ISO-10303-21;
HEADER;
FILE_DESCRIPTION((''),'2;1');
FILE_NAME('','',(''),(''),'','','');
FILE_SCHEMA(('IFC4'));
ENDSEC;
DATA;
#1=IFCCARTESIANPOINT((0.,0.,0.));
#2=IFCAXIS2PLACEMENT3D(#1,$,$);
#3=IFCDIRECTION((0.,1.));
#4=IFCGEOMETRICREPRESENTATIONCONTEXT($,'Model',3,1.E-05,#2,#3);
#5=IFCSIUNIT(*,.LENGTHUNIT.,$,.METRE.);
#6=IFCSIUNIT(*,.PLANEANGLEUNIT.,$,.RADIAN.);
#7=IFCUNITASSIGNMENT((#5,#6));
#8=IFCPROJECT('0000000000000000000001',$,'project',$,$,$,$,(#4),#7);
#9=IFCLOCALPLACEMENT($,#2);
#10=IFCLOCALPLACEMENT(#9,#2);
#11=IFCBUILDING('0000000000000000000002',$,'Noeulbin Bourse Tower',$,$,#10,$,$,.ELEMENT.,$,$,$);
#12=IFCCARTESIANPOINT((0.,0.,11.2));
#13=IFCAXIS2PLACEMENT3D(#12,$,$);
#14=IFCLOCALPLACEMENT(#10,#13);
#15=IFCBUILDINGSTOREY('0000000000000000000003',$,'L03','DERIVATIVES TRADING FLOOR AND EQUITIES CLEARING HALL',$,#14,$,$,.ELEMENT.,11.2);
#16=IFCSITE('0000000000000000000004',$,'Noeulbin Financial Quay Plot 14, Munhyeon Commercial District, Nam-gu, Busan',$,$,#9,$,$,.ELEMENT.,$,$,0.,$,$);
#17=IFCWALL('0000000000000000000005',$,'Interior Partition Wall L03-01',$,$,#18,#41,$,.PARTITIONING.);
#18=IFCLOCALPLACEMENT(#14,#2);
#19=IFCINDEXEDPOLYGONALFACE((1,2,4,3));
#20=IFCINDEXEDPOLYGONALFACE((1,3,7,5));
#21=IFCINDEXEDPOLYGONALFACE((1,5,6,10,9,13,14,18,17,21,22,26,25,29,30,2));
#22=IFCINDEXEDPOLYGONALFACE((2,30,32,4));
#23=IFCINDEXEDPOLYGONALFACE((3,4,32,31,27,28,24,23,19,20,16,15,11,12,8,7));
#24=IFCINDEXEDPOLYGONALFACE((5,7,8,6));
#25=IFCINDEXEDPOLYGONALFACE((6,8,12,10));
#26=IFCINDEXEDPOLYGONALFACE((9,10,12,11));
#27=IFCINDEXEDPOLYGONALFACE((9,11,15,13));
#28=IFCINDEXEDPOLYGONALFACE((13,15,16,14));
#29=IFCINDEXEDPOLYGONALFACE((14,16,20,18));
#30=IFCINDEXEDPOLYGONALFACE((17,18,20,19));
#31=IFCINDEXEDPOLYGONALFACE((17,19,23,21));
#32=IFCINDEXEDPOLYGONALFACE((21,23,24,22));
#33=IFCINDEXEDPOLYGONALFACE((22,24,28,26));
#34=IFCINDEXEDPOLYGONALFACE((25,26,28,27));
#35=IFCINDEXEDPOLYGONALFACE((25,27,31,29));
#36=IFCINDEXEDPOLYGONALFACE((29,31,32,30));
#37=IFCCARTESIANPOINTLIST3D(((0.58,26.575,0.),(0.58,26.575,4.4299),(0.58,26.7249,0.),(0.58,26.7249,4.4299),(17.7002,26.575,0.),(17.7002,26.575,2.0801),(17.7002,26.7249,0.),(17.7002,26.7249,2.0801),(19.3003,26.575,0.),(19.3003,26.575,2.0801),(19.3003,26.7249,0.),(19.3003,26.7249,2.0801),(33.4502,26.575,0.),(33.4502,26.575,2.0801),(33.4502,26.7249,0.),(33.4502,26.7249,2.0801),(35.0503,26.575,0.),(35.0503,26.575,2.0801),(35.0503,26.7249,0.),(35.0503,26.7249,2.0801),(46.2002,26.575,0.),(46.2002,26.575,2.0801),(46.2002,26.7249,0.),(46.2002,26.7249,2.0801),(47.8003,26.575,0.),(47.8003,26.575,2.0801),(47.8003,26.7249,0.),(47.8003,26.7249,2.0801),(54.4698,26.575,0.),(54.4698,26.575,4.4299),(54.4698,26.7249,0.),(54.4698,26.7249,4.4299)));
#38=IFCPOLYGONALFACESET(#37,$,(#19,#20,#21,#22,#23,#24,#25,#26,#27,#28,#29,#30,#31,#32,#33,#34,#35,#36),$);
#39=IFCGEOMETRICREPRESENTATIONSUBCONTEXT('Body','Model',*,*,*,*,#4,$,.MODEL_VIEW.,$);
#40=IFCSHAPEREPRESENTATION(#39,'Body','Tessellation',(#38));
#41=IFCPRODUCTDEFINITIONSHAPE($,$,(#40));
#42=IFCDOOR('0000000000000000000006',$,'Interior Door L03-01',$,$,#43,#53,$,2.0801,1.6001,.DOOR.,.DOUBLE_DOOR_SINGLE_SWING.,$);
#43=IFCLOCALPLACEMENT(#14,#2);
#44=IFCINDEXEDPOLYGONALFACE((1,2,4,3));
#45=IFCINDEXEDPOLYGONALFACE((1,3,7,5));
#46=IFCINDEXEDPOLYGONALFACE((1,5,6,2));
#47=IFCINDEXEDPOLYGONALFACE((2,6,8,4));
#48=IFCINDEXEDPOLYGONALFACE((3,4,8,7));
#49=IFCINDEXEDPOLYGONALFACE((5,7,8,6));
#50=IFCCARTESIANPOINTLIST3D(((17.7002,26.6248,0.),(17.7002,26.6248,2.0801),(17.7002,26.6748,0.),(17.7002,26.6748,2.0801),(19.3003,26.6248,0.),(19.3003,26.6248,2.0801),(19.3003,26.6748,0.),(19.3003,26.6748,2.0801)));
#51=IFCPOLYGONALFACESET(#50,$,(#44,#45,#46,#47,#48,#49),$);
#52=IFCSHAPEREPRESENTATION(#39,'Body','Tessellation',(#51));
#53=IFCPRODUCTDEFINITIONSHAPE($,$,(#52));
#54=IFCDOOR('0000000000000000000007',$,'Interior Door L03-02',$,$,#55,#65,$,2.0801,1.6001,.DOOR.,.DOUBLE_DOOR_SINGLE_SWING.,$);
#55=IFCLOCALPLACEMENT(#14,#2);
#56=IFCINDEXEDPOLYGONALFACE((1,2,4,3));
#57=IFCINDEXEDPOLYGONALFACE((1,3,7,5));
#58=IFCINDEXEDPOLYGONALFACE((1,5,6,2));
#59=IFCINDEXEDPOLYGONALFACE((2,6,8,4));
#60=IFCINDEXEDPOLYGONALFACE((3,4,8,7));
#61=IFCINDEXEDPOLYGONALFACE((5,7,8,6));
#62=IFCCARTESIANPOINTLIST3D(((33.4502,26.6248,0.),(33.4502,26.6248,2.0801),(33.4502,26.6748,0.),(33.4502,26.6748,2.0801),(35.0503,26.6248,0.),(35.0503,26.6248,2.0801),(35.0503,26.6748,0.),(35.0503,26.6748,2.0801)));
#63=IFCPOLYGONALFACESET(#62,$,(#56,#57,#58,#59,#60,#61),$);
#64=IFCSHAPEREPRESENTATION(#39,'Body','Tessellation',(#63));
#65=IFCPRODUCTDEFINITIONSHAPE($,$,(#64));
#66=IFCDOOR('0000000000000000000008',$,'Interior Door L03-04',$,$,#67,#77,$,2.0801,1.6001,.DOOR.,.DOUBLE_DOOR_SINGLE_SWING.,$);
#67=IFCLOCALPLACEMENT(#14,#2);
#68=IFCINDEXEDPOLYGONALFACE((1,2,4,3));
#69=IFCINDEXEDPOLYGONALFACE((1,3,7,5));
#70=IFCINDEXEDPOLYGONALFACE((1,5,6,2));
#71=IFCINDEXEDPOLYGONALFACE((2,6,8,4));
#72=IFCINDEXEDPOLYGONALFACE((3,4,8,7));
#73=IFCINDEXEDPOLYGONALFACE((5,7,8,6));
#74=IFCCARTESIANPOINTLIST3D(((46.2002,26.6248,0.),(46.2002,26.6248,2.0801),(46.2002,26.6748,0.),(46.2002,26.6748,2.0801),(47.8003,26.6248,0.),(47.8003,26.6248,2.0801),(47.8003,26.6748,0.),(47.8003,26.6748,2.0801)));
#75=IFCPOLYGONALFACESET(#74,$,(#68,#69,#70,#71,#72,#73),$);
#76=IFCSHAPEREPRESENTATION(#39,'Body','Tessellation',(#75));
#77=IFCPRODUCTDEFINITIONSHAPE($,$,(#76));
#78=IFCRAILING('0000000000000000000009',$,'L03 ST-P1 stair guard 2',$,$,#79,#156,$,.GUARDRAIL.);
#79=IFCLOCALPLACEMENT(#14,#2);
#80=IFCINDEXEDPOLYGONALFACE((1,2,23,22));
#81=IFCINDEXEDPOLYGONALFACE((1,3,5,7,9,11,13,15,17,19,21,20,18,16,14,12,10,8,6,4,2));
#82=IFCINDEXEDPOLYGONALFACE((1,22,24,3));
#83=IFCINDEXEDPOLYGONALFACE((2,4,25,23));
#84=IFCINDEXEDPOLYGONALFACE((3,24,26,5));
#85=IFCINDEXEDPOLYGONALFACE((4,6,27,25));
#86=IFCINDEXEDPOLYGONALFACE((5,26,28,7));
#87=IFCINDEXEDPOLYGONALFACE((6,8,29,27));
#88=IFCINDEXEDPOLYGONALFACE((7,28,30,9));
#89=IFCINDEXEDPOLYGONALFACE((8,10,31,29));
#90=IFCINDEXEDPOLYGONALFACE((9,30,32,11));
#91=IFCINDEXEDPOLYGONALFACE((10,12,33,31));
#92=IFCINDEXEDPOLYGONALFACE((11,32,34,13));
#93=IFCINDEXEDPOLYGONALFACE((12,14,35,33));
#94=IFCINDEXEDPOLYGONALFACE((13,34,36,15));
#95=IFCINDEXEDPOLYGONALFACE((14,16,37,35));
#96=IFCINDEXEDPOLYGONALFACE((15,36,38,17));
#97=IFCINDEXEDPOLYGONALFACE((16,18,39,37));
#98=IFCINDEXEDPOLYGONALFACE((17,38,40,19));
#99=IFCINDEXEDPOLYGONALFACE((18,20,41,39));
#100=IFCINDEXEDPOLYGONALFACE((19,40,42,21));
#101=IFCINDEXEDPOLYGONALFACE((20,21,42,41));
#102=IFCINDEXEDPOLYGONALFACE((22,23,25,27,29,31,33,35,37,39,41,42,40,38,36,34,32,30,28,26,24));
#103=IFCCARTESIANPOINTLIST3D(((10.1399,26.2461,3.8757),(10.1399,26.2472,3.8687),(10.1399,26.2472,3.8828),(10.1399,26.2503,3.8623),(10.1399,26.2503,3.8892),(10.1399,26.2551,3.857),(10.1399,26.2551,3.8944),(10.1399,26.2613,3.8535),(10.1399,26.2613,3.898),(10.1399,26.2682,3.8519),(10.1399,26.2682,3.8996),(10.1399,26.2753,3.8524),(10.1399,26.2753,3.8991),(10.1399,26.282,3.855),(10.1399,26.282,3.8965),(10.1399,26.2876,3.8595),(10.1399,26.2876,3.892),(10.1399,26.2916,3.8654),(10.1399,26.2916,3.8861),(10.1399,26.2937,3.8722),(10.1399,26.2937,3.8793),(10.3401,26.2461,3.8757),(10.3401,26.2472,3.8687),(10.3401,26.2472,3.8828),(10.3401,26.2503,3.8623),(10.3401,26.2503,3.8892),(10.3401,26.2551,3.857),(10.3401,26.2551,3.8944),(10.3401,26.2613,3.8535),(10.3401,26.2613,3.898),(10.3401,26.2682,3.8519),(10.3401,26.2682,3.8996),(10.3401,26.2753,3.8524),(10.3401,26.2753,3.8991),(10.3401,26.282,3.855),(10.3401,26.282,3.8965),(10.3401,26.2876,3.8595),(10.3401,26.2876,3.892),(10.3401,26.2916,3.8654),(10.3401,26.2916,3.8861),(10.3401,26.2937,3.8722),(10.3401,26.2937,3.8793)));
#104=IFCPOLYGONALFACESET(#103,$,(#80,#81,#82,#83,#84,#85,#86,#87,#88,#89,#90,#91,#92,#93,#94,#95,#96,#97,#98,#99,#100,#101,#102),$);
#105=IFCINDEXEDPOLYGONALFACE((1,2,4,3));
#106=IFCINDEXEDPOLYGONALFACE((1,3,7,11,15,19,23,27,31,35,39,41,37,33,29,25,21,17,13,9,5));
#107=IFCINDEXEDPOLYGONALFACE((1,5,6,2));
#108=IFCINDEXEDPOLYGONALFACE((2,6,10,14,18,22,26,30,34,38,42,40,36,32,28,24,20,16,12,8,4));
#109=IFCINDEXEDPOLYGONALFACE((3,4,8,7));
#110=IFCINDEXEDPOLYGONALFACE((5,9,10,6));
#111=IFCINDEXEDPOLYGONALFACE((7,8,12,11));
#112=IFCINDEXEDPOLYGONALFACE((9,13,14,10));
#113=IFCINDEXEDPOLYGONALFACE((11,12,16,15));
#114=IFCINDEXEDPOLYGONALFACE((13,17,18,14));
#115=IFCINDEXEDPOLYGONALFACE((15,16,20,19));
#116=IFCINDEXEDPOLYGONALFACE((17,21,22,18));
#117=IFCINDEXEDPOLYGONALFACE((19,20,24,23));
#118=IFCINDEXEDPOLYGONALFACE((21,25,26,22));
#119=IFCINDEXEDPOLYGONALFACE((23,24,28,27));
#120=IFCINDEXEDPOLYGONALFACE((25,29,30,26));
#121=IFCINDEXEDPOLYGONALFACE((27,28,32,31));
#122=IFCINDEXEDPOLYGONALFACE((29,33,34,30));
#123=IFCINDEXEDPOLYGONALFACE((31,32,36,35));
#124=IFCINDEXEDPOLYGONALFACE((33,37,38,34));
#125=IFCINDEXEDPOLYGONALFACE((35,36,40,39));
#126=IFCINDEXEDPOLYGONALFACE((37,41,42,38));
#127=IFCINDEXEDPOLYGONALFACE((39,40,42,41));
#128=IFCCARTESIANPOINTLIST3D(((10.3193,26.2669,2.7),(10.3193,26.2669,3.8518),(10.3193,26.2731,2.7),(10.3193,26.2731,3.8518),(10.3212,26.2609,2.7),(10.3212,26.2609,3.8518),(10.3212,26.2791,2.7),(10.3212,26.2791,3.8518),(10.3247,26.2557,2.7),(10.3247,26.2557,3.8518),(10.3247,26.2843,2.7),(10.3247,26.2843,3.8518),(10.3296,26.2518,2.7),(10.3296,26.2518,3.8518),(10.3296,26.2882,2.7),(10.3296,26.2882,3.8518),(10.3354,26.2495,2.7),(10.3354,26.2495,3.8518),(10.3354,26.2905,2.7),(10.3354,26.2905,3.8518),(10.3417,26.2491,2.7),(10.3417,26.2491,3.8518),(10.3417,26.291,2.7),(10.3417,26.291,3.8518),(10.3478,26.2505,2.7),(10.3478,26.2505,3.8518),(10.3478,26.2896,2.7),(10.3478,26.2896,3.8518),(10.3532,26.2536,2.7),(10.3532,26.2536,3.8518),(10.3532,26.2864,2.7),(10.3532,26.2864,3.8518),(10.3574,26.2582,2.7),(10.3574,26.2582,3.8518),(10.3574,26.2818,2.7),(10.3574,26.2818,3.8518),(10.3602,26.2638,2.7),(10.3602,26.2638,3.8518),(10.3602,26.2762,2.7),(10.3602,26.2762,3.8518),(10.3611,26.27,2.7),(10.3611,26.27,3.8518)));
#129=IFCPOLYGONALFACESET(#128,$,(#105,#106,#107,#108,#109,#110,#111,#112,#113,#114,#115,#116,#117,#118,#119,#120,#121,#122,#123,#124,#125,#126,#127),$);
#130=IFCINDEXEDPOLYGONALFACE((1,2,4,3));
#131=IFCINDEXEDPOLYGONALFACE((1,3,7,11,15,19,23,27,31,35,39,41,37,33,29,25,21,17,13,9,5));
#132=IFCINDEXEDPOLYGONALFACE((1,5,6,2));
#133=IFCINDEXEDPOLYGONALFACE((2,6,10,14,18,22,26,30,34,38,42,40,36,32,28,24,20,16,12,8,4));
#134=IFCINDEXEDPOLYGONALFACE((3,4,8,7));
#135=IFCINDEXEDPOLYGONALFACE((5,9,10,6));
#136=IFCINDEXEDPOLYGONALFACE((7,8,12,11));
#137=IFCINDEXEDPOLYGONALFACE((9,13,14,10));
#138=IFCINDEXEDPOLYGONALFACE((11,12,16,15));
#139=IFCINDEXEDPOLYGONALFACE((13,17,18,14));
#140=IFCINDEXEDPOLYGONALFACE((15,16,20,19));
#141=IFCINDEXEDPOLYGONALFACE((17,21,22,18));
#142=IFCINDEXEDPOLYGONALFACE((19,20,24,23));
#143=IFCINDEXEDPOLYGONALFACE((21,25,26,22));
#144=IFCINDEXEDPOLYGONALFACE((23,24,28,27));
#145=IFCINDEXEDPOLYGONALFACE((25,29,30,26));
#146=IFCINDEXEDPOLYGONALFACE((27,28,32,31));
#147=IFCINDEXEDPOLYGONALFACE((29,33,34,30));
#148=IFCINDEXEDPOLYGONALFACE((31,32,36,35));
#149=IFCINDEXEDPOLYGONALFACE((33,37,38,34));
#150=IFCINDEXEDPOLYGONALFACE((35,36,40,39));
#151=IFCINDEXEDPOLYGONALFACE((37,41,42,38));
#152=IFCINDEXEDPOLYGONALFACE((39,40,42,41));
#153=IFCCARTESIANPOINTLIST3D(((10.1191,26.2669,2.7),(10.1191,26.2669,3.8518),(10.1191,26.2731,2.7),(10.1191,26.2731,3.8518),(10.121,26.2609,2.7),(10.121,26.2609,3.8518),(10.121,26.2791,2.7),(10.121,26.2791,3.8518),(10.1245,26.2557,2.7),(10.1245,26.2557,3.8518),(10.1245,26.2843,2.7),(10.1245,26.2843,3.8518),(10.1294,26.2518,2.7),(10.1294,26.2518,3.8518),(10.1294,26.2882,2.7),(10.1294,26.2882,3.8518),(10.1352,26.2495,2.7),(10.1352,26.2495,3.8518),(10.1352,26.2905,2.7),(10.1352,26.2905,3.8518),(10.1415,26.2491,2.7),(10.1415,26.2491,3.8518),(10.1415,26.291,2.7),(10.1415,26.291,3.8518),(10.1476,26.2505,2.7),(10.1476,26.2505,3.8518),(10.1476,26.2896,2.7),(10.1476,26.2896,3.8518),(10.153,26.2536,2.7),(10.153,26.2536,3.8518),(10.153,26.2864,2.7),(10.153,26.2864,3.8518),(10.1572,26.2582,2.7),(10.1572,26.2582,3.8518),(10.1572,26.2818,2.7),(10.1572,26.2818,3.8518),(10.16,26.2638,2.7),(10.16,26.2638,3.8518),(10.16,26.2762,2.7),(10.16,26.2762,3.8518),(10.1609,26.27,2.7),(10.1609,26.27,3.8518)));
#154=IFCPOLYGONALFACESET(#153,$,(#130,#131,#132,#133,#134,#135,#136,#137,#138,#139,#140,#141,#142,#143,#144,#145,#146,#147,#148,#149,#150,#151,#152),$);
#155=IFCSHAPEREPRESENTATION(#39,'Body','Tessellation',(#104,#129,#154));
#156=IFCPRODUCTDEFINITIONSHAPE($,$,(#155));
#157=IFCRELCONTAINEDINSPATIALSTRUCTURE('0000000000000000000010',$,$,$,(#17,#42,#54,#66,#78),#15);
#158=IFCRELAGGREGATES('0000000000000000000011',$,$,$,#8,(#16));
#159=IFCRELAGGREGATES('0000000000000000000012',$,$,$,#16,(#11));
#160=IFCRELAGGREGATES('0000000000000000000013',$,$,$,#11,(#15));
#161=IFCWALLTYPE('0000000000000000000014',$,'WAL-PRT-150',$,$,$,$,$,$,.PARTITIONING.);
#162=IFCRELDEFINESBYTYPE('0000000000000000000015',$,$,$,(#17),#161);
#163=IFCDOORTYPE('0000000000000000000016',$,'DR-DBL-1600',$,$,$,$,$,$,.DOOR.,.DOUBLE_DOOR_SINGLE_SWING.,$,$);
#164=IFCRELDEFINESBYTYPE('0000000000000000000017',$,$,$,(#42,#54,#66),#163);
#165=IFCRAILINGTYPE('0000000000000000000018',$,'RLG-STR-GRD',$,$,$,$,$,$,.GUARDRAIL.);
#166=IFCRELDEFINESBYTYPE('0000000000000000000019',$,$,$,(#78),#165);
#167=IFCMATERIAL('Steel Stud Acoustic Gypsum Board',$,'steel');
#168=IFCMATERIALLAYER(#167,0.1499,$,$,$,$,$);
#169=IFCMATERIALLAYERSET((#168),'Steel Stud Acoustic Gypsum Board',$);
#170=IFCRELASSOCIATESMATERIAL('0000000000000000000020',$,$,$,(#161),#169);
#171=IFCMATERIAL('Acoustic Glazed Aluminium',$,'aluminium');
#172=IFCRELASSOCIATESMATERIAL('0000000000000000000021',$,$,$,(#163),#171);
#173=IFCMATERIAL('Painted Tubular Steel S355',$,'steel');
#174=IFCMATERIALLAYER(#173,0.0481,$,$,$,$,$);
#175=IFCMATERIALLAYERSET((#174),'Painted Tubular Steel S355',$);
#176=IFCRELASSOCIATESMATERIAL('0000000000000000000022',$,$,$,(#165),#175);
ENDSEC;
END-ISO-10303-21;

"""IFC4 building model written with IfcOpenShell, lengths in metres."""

from ifc_helpers import new_model, si_unit, direction, frame, frame_2d, origin, origin_2d, place, context, subcontext, project, spatial, rectangle, circle, extrude, material, layer, layer_set, type_object, element, fill, save


model = new_model("IFC4")

# Units and contexts
model_context = context("Model", 3, precision=1e-05, world=origin(), true_north=direction((0.0, 1.0)))
body_context = subcontext(model_context, "Body", "Model", "MODEL_VIEW")
ifc_project = project(units=[si_unit("LENGTHUNIT", "METRE"), si_unit("PLANEANGLEUNIT", "RADIAN")], contexts=[model_context])

# Site, building, storey
site_placement = place(None, origin())
site = spatial("IfcSite", under=ifc_project, at=site_placement, Name="Noeulbin Financial Quay Plot 14, Munhyeon Commercial District, Nam-gu, Busan", CompositionType="ELEMENT", RefElevation=0.0)
building_placement = place(site_placement, origin())
building = spatial("IfcBuilding", under=site, at=building_placement, Name="Noeulbin Bourse Tower", CompositionType="ELEMENT")
storey_placement = place(building_placement, frame((0.0, 0.0, 11.2)))
storey = spatial("IfcBuildingStorey", under=building, at=storey_placement, Name="L03", Description="DERIVATIVES TRADING FLOOR AND EQUITIES CLEARING HALL", CompositionType="ELEMENT", Elevation=11.2)

# Wall, openings, doors
ifc_material_1 = material(Name="Steel Stud Acoustic Gypsum Board", Category="steel")
ifc_layer_1 = layer(ifc_material_1, 0.1499)
ifc_layer_set_1 = layer_set([ifc_layer_1], Name="Steel Stud Acoustic Gypsum Board")
wall_type_1 = type_object("IfcWallType", Name="WAL-PRT-150", PredefinedType="PARTITIONING", material=ifc_layer_set_1)
wall_1_placement = place(storey_placement, frame((0.5801, 26.6499, 0.0), z_axis=(0.0, 0.0, 1.0), x_axis=(1.0, 0.0, 0.0)))
wall_1 = element("IfcWall", 1, at=wall_1_placement, inside=storey, type_object=wall_type_1, Name="Interior Partition Wall L03-01", PredefinedType="PARTITIONING", context=body_context, shape_type="SweptSolid", body=[
    extrude(rectangle(XDim=53.8899, YDim=0.1499, at=frame_2d((26.9448, 0.0))), origin(), (0.0, 0.0, 1.0), 4.4299),
])
opening_1_placement = place(wall_1_placement, frame((17.1201, 0.0, 0.0)))
opening_1 = element("IfcOpeningElement", 2, at=opening_1_placement, cuts=wall_1, PredefinedType="OPENING", context=body_context, shape_type="SweptSolid", body=[
    extrude(rectangle(XDim=1.6001, YDim=2.0801, at=frame_2d((0.8, 1.04))), frame((0.0, 0.085, 0.0), z_axis=(0.0, -1.0, 0.0), x_axis=(1.0, 0.0, 0.0)), (0.0, 0.0, 1.0), 0.1699),
])
opening_2_placement = place(wall_1_placement, frame((32.8701, 0.0, 0.0)))
opening_2 = element("IfcOpeningElement", 3, at=opening_2_placement, cuts=wall_1, PredefinedType="OPENING", context=body_context, shape_type="SweptSolid", body=[
    extrude(rectangle(XDim=1.6001, YDim=2.0801, at=frame_2d((0.8, 1.04))), frame((0.0, 0.085, 0.0), z_axis=(0.0, -1.0, 0.0), x_axis=(1.0, 0.0, 0.0)), (0.0, 0.0, 1.0), 0.1699),
])
opening_3_placement = place(wall_1_placement, frame((45.6201, 0.0, 0.0)))
opening_3 = element("IfcOpeningElement", 4, at=opening_3_placement, cuts=wall_1, PredefinedType="OPENING", context=body_context, shape_type="SweptSolid", body=[
    extrude(rectangle(XDim=1.6001, YDim=2.0801, at=frame_2d((0.8, 1.04))), frame((0.0, 0.085, 0.0), z_axis=(0.0, -1.0, 0.0), x_axis=(1.0, 0.0, 0.0)), (0.0, 0.0, 1.0), 0.1699),
])
ifc_material_2 = material(Name="Acoustic Glazed Aluminium", Category="aluminium")
door_type = type_object("IfcDoorType", Name="DR-DBL-1600", OperationType="DOUBLE_DOOR_SINGLE_SWING", PredefinedType="DOOR", material=ifc_material_2)
door_1_placement = place(opening_1_placement, origin())
door_1 = element("IfcDoor", 5, at=door_1_placement, inside=storey, type_object=door_type, Name="Interior Door L03-01", OperationType="DOUBLE_DOOR_SINGLE_SWING", OverallHeight=2.0801, OverallWidth=1.6001, PredefinedType="DOOR", context=body_context, shape_type="SweptSolid", body=[
    extrude(rectangle(XDim=1.6001, YDim=2.0801, at=frame_2d((0.8, 1.04))), frame((0.0, 0.0249, 0.0), z_axis=(0.0, -1.0, 0.0), x_axis=(1.0, 0.0, 0.0)), (0.0, 0.0, 1.0), 0.05),
])
fill(opening_1, door_1)
door_2_placement = place(opening_2_placement, origin())
door_2 = element("IfcDoor", 6, at=door_2_placement, inside=storey, type_object=door_type, Name="Interior Door L03-02", OperationType="DOUBLE_DOOR_SINGLE_SWING", OverallHeight=2.0801, OverallWidth=1.6001, PredefinedType="DOOR", context=body_context, shape_type="SweptSolid", body=[
    extrude(rectangle(XDim=1.6001, YDim=2.0801, at=frame_2d((0.8, 1.04))), frame((0.0, 0.0249, 0.0), z_axis=(0.0, -1.0, 0.0), x_axis=(1.0, 0.0, 0.0)), (0.0, 0.0, 1.0), 0.05),
])
fill(opening_2, door_2)
door_3_placement = place(opening_3_placement, origin())
door_3 = element("IfcDoor", 7, at=door_3_placement, inside=storey, type_object=door_type, Name="Interior Door L03-04", OperationType="DOUBLE_DOOR_SINGLE_SWING", OverallHeight=2.0801, OverallWidth=1.6001, PredefinedType="DOOR", context=body_context, shape_type="SweptSolid", body=[
    extrude(rectangle(XDim=1.6001, YDim=2.0801, at=frame_2d((0.8, 1.04))), frame((0.0, 0.0249, 0.0), z_axis=(0.0, -1.0, 0.0), x_axis=(1.0, 0.0, 0.0)), (0.0, 0.0, 1.0), 0.05),
])
fill(opening_3, door_3)

# Railing
ifc_material_3 = material(Name="Painted Tubular Steel S355", Category="steel")
ifc_layer_2 = layer(ifc_material_3, 0.0481)
ifc_layer_set_2 = layer_set([ifc_layer_2], Name="Painted Tubular Steel S355")
railing_type = type_object("IfcRailingType", Name="RLG-STR-GRD", PredefinedType="GUARDRAIL", material=ifc_layer_set_2)
railing_placement = place(storey_placement, frame((10.3401, 26.27, 2.7)))
element("IfcRailing", 8, at=railing_placement, inside=storey, type_object=railing_type, Name="L03 ST-P1 stair guard 2", PredefinedType="GUARDRAIL", context=body_context, shape_type="SweptSolid", body=[
    extrude(circle(Radius=0.0239, at=origin_2d()), frame((0.0, 0.0, 1.1758), z_axis=(-1.0, 0.0, 0.0), x_axis=(0.0, -1.0, 0.0)), (0.0, 0.0, 1.0), 0.2002),
    extrude(circle(Radius=0.021, at=origin_2d()), origin(), (0.0, 0.0, 1.0), 1.1519),
    extrude(circle(Radius=0.021, at=origin_2d()), frame((-0.2002, 0.0, 0.0)), (0.0, 0.0, 1.0), 1.1519),
])

save(model, "model.ifc")
